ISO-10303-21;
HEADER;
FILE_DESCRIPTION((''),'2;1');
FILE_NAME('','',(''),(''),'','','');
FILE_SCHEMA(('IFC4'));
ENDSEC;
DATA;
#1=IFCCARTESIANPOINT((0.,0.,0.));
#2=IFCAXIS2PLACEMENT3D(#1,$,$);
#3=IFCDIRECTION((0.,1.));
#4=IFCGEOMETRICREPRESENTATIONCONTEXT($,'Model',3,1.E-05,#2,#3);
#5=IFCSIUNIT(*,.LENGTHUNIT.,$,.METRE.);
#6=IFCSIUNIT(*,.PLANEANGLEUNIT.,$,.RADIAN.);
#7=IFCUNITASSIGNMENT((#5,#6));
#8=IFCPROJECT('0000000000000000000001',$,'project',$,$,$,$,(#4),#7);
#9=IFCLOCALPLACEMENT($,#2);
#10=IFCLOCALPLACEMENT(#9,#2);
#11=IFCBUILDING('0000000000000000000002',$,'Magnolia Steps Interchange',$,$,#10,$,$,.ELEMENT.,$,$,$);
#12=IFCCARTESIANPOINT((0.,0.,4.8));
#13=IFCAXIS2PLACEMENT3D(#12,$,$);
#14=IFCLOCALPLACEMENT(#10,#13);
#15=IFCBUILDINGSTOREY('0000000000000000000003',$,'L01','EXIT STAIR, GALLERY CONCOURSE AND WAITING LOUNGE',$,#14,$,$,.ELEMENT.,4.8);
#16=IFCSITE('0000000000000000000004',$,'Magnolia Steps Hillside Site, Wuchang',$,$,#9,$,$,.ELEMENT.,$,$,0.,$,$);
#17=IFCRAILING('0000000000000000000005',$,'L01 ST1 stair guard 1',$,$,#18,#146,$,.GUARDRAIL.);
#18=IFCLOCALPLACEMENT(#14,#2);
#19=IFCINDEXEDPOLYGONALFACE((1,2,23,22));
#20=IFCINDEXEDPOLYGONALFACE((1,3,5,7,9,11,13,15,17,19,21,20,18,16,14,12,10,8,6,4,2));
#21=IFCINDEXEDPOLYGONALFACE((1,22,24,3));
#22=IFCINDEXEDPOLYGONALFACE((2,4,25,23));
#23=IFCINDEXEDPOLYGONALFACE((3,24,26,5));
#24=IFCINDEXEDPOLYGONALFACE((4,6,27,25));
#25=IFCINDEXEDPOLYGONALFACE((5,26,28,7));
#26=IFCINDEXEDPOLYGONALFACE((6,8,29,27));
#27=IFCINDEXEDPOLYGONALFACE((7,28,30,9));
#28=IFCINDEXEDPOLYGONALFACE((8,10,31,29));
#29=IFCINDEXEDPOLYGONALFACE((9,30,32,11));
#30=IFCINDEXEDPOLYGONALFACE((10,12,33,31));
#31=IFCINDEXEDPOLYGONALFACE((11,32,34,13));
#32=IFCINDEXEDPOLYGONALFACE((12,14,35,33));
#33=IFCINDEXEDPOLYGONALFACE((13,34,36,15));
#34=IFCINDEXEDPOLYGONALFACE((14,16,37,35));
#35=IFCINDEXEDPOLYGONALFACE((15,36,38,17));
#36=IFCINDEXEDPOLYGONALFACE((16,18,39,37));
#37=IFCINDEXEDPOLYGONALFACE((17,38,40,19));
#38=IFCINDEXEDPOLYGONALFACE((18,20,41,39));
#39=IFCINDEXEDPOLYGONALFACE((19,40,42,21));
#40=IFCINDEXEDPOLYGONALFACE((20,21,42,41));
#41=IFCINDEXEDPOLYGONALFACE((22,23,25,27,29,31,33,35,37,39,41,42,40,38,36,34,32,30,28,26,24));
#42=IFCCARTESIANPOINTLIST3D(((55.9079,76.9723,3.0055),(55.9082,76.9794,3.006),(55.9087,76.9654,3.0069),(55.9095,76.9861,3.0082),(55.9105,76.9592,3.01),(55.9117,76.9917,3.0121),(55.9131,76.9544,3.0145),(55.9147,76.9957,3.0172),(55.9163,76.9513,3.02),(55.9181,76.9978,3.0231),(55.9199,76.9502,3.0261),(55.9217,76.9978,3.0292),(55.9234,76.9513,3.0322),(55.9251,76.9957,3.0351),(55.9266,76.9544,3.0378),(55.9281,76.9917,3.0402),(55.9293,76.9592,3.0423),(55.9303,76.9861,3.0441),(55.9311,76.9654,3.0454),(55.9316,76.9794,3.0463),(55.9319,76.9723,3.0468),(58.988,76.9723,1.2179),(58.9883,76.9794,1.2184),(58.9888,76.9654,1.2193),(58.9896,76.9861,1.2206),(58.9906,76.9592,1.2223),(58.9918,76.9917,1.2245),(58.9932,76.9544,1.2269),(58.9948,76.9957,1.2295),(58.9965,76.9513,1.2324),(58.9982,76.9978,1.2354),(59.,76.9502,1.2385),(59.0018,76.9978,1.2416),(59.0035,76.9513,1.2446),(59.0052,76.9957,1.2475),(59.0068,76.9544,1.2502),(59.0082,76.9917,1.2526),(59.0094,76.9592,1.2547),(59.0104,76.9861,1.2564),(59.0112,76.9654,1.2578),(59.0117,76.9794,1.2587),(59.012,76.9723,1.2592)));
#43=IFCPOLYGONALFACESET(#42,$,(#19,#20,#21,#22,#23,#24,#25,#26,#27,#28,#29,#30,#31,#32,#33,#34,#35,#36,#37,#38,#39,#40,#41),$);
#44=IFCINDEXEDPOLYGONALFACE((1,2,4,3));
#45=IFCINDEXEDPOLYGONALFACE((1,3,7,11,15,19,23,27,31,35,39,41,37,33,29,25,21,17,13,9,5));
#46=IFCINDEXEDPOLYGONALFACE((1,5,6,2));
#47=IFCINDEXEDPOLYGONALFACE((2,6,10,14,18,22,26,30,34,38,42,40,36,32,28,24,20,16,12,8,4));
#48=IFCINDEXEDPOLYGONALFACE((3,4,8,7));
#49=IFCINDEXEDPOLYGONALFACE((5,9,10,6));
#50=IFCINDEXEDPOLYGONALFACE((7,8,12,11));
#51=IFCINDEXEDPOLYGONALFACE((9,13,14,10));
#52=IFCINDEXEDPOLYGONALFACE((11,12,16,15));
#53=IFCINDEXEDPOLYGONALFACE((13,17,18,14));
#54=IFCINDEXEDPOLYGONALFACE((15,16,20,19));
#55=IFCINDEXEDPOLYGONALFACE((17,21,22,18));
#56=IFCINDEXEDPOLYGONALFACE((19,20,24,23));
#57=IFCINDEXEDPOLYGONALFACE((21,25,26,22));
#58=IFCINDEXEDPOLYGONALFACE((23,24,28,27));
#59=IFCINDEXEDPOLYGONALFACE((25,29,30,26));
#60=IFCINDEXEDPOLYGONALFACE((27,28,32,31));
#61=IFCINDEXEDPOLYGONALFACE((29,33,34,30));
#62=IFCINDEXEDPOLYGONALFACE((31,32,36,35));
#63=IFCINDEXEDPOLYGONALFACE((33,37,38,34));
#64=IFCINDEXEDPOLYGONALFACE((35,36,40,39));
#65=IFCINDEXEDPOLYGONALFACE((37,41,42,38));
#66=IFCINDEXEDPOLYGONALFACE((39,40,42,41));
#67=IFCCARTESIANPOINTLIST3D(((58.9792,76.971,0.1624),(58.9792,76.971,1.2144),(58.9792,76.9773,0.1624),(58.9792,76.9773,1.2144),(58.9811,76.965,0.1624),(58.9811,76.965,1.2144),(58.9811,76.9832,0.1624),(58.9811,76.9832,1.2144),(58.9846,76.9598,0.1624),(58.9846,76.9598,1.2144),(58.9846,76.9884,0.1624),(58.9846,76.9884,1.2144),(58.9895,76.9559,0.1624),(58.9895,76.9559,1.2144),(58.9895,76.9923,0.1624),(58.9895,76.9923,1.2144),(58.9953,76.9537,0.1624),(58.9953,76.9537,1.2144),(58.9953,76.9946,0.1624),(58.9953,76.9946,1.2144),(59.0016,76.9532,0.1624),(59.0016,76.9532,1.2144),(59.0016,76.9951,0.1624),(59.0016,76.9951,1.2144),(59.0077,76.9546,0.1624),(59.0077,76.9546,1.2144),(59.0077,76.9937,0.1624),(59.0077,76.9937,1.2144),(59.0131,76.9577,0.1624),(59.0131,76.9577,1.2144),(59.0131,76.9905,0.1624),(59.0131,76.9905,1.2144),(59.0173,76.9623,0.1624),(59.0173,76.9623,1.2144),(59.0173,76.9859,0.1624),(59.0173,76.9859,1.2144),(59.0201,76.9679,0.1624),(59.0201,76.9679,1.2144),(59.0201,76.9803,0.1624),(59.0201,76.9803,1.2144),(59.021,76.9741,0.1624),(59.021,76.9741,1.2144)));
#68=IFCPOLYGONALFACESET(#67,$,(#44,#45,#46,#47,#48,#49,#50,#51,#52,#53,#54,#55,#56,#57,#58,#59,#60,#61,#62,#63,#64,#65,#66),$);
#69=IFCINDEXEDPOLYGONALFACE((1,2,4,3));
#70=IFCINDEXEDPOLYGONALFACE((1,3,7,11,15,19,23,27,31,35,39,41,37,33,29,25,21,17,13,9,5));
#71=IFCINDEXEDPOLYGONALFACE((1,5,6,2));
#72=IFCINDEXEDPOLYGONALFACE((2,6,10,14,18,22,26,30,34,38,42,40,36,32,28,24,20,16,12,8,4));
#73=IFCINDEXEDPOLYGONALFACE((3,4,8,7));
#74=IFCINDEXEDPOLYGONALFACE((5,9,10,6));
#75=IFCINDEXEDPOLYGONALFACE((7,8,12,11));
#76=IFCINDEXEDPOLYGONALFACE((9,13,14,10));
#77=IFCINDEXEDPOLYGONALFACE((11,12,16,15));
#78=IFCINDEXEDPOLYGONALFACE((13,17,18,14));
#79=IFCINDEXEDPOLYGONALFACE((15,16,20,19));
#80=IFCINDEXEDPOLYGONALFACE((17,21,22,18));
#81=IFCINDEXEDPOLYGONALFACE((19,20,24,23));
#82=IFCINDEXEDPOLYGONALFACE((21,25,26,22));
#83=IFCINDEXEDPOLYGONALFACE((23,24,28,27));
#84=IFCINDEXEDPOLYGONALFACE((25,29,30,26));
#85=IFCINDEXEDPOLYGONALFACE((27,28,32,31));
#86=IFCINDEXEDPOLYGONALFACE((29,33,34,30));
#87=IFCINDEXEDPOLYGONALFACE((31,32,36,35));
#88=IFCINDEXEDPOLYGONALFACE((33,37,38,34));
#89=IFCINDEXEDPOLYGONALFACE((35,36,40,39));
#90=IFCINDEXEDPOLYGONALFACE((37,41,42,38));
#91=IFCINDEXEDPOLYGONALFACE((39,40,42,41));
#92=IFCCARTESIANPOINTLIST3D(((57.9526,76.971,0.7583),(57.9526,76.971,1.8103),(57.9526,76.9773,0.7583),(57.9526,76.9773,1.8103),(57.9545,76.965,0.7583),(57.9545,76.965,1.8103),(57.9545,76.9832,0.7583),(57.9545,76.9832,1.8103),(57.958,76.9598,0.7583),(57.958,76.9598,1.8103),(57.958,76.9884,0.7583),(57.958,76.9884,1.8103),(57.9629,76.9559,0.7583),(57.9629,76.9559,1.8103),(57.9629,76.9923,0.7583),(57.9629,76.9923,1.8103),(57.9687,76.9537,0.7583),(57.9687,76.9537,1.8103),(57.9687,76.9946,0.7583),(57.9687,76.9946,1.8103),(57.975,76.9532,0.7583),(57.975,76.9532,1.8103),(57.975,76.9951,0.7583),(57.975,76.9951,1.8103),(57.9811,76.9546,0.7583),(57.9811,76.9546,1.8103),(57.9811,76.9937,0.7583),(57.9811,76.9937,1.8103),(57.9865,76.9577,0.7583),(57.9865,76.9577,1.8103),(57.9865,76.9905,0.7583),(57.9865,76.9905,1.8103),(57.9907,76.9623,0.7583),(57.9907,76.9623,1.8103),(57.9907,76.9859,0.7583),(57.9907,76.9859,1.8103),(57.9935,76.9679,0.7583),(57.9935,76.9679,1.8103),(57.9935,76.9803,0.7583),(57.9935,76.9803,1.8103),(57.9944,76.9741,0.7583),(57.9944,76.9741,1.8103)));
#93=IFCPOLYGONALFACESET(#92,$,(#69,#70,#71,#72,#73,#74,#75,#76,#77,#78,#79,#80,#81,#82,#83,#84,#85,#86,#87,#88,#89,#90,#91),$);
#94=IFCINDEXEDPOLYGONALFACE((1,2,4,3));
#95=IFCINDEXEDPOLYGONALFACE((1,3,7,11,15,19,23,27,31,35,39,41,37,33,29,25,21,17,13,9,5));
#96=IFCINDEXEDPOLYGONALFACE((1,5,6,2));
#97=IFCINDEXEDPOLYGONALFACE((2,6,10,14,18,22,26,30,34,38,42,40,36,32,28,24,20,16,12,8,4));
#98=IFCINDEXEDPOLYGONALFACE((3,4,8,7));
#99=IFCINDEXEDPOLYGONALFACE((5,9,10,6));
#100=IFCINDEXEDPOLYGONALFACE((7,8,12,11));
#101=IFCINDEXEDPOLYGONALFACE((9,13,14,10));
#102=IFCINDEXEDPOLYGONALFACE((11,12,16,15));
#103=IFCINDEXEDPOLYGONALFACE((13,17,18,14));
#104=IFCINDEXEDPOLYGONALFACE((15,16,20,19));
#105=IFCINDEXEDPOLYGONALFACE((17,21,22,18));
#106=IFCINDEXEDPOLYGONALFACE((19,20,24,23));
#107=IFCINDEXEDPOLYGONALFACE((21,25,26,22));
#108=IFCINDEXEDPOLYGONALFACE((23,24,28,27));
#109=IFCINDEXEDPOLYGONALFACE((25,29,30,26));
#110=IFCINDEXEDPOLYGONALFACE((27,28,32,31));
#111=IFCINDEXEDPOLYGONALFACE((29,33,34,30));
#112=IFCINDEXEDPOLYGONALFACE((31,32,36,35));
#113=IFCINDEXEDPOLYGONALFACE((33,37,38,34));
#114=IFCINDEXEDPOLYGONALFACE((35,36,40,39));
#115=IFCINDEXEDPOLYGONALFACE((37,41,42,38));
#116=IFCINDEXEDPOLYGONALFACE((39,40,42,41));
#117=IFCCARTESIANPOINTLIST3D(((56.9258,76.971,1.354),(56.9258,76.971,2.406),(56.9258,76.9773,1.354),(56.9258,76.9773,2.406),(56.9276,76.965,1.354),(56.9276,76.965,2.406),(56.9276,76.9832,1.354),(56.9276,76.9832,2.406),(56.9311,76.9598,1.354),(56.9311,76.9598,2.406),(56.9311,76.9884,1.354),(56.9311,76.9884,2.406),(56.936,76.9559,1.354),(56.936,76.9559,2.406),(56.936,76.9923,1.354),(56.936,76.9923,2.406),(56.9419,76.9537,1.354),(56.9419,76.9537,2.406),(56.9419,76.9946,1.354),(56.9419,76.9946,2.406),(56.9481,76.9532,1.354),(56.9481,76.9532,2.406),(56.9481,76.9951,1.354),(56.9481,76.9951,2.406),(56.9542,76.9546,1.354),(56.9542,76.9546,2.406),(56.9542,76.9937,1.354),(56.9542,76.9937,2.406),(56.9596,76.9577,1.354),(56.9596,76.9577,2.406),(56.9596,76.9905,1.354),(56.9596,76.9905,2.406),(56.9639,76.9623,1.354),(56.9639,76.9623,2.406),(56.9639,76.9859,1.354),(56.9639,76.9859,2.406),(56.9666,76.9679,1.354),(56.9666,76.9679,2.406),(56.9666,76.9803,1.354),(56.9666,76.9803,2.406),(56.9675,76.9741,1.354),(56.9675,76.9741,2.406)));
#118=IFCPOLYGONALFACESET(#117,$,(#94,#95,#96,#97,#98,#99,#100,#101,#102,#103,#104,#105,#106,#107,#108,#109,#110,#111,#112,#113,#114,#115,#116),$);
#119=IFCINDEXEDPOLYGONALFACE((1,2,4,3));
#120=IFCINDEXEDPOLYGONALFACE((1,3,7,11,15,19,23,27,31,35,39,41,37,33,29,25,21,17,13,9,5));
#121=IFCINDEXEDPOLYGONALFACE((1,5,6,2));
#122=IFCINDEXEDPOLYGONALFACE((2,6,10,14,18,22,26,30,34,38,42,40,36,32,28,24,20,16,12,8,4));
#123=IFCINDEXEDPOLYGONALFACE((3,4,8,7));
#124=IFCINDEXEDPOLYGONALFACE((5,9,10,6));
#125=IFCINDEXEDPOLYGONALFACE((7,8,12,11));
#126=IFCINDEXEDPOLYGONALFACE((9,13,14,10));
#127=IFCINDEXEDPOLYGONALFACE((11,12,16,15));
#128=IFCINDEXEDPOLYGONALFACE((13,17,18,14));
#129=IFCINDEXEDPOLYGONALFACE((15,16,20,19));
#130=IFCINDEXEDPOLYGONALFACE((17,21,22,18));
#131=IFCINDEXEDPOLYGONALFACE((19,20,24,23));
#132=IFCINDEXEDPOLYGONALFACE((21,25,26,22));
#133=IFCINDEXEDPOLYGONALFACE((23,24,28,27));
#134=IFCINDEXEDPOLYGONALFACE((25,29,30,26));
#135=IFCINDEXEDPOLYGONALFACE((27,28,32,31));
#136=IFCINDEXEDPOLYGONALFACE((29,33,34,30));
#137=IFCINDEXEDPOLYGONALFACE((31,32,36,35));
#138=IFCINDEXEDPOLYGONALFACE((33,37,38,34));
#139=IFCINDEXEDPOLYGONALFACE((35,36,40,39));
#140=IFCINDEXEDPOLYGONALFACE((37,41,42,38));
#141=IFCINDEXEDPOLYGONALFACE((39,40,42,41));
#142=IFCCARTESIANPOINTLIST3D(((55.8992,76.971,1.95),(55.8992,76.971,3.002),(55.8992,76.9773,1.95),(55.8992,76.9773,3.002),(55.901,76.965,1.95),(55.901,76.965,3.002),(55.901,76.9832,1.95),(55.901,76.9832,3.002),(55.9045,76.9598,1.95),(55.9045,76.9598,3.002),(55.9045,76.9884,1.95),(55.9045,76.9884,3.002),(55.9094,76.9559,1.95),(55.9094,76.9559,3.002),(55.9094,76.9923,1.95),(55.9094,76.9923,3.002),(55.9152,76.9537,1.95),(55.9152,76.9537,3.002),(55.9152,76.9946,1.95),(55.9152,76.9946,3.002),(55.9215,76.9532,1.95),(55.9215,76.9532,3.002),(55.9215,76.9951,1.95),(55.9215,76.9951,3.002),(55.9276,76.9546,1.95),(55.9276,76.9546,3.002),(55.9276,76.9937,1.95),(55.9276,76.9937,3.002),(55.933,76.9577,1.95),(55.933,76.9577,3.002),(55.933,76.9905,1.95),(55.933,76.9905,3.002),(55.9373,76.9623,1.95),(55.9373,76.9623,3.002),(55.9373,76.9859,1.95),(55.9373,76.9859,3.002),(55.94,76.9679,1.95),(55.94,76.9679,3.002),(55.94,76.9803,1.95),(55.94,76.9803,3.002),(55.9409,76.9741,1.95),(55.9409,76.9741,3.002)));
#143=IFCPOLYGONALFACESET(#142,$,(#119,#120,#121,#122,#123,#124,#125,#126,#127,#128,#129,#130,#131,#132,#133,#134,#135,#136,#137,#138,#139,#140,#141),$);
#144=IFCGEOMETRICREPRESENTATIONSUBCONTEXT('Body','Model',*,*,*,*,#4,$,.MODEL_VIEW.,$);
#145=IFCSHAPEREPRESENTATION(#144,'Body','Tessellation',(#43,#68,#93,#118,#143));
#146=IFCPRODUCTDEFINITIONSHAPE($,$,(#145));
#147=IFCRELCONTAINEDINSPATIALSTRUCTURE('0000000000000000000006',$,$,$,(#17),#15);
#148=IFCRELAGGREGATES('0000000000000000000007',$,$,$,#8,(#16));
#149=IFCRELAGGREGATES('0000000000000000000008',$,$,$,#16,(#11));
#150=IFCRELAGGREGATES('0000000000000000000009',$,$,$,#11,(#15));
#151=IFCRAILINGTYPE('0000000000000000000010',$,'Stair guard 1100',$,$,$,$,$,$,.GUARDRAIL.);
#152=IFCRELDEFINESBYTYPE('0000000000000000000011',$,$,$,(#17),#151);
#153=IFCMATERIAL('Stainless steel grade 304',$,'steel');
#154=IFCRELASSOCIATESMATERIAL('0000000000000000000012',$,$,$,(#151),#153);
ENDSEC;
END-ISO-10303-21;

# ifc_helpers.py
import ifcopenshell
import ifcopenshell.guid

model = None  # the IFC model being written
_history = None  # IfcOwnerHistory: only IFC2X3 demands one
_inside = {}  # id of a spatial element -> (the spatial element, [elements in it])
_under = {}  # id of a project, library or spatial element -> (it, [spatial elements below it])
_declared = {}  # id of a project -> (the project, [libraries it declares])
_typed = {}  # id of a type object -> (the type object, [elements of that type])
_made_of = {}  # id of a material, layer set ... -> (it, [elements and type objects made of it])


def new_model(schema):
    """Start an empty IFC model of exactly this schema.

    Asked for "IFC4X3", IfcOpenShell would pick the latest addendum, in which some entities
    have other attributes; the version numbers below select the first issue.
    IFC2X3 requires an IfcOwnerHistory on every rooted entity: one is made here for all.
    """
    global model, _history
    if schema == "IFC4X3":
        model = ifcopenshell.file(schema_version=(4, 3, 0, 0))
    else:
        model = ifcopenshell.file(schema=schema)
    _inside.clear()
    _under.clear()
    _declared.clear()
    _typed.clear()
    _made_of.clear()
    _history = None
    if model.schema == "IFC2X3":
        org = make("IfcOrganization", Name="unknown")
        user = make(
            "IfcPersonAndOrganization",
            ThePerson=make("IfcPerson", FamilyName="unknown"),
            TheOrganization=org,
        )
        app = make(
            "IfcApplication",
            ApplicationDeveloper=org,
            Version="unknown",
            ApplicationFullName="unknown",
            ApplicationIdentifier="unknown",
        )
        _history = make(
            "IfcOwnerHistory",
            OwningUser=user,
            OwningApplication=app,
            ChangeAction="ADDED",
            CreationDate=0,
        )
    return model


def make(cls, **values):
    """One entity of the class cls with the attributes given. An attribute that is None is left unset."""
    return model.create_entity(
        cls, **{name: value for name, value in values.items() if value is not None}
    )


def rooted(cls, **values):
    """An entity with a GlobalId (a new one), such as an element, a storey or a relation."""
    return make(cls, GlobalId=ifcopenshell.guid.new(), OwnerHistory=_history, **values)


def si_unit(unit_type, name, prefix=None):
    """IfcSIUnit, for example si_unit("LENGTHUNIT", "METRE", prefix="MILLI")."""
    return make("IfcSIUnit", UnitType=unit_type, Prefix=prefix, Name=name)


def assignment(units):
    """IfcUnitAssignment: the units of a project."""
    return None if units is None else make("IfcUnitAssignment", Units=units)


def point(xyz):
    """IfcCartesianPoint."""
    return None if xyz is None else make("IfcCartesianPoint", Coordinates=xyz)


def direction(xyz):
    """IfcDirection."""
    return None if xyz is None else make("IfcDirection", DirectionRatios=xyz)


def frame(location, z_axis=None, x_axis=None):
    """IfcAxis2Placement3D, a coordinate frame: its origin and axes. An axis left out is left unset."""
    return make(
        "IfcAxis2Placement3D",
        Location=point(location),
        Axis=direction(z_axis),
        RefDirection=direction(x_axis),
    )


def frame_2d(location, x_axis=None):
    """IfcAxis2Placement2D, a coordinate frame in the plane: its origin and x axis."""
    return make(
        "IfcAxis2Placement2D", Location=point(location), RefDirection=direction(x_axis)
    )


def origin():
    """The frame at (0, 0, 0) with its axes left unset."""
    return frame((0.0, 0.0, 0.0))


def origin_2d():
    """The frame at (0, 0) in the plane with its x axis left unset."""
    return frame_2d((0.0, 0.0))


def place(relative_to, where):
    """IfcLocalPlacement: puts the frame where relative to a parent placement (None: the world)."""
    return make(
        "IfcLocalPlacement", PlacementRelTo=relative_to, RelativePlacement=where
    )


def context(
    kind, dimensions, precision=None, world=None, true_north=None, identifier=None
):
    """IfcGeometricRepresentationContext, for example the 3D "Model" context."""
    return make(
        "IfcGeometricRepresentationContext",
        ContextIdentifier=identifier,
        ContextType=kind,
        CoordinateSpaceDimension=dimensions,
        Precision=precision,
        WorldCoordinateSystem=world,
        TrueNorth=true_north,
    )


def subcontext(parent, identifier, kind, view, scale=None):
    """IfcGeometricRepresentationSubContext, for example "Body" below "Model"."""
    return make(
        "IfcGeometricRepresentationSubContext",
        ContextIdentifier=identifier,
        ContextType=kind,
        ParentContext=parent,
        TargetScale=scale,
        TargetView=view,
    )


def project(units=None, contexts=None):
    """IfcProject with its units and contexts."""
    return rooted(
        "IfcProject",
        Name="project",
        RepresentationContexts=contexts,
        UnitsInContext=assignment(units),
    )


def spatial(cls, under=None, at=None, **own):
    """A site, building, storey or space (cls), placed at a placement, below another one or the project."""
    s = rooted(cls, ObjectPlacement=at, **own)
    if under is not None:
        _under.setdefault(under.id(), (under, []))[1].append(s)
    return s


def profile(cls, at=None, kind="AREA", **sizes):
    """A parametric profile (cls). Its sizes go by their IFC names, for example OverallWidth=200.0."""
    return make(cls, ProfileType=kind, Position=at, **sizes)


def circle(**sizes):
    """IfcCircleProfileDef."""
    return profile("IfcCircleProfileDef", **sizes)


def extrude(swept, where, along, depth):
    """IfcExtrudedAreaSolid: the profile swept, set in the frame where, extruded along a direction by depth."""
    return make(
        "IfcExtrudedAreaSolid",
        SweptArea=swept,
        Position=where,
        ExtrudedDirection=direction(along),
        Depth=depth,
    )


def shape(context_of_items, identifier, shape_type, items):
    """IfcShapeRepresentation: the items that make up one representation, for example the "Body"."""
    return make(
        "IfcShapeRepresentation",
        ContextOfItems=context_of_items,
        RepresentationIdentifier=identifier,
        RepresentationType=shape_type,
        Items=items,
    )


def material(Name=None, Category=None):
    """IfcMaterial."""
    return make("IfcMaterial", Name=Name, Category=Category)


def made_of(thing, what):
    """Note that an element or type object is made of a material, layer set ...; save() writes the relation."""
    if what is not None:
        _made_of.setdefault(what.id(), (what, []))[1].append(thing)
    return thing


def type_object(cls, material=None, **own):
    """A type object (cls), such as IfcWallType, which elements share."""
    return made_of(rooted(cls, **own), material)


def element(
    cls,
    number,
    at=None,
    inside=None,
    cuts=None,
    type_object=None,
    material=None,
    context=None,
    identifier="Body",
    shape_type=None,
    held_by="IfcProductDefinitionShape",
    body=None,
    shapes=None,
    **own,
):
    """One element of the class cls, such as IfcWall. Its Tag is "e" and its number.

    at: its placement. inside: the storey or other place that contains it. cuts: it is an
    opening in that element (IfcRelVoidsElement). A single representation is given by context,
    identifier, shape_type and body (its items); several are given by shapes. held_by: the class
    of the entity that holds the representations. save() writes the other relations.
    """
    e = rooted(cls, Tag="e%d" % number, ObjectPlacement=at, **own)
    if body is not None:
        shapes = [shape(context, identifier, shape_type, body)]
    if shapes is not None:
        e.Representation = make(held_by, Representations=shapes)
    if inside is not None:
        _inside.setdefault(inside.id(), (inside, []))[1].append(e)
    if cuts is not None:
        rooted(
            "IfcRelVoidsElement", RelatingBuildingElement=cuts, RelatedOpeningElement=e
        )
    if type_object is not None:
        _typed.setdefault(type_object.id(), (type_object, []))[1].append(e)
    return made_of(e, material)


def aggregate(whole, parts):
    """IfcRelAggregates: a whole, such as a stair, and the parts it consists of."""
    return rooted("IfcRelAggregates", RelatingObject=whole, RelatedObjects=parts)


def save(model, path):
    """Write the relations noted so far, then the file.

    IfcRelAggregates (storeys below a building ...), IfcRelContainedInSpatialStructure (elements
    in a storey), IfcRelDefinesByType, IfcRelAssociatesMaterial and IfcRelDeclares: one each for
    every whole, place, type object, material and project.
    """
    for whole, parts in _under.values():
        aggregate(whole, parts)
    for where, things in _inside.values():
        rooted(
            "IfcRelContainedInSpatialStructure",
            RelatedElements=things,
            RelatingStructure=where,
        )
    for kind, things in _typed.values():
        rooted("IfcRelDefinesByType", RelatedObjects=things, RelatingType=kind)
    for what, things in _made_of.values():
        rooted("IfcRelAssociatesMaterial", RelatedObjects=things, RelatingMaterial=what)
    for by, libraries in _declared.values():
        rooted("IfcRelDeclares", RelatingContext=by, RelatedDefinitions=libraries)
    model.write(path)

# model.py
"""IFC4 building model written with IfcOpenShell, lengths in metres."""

from ifc_helpers import new_model, si_unit, direction, frame, origin, origin_2d, place, context, subcontext, project, spatial, circle, extrude, material, type_object, element, save


model = new_model("IFC4")

# Units and contexts
model_context = context("Model", 3, precision=1e-05, world=origin(), true_north=direction((0.0, 1.0)))
body_context = subcontext(model_context, "Body", "Model", "MODEL_VIEW")
ifc_project = project(units=[si_unit("LENGTHUNIT", "METRE"), si_unit("PLANEANGLEUNIT", "RADIAN")], contexts=[model_context])

# Site, building, storey
site_placement = place(None, origin())
site = spatial("IfcSite", under=ifc_project, at=site_placement, Name="Magnolia Steps Hillside Site, Wuchang", CompositionType="ELEMENT", RefElevation=0.0)
building_placement = place(site_placement, origin())
building = spatial("IfcBuilding", under=site, at=building_placement, Name="Magnolia Steps Interchange", CompositionType="ELEMENT")
storey_placement = place(building_placement, frame((0.0, 0.0, 4.8)))
storey = spatial("IfcBuildingStorey", under=building, at=storey_placement, Name="L01", Description="EXIT STAIR, GALLERY CONCOURSE AND WAITING LOUNGE", CompositionType="ELEMENT", Elevation=4.8)

# Railing
ifc_material_1 = material(Name="Stainless steel grade 304", Category="steel")
railing_type_1 = type_object("IfcRailingType", Name="Stair guard 1100", PredefinedType="GUARDRAIL", material=ifc_material_1)
railing_1_placement = place(storey_placement, frame((59.0, 76.9741, 0.1624)))
element("IfcRailing", 1, at=railing_1_placement, inside=storey, type_object=railing_type_1, Name="L01 ST1 stair guard 1", PredefinedType="GUARDRAIL", context=body_context, shape_type="SweptSolid", body=[
    extrude(circle(Radius=0.0239, at=origin_2d()), frame((0.0, 0.0, 1.0762), z_axis=(-0.864891, 0.0, 0.50196), x_axis=(0.0, -1.0, 0.0)), (0.0, 0.0, 1.0), 3.5613),
    extrude(circle(Radius=0.021, at=origin_2d()), origin(), (0.0, 0.0, 1.0), 1.052),
    extrude(circle(Radius=0.021, at=origin_2d()), frame((-1.0266, 0.0, 0.5959)), (0.0, 0.0, 1.0), 1.052),
    extrude(circle(Radius=0.021, at=origin_2d()), frame((-2.0535, 0.0, 1.1917)), (0.0, 0.0, 1.0), 1.052),
    extrude(circle(Radius=0.021, at=origin_2d()), frame((-3.0801, 0.0, 1.7876)), (0.0, 0.0, 1.0), 1.052),
])

save(model, "model.ifc")
